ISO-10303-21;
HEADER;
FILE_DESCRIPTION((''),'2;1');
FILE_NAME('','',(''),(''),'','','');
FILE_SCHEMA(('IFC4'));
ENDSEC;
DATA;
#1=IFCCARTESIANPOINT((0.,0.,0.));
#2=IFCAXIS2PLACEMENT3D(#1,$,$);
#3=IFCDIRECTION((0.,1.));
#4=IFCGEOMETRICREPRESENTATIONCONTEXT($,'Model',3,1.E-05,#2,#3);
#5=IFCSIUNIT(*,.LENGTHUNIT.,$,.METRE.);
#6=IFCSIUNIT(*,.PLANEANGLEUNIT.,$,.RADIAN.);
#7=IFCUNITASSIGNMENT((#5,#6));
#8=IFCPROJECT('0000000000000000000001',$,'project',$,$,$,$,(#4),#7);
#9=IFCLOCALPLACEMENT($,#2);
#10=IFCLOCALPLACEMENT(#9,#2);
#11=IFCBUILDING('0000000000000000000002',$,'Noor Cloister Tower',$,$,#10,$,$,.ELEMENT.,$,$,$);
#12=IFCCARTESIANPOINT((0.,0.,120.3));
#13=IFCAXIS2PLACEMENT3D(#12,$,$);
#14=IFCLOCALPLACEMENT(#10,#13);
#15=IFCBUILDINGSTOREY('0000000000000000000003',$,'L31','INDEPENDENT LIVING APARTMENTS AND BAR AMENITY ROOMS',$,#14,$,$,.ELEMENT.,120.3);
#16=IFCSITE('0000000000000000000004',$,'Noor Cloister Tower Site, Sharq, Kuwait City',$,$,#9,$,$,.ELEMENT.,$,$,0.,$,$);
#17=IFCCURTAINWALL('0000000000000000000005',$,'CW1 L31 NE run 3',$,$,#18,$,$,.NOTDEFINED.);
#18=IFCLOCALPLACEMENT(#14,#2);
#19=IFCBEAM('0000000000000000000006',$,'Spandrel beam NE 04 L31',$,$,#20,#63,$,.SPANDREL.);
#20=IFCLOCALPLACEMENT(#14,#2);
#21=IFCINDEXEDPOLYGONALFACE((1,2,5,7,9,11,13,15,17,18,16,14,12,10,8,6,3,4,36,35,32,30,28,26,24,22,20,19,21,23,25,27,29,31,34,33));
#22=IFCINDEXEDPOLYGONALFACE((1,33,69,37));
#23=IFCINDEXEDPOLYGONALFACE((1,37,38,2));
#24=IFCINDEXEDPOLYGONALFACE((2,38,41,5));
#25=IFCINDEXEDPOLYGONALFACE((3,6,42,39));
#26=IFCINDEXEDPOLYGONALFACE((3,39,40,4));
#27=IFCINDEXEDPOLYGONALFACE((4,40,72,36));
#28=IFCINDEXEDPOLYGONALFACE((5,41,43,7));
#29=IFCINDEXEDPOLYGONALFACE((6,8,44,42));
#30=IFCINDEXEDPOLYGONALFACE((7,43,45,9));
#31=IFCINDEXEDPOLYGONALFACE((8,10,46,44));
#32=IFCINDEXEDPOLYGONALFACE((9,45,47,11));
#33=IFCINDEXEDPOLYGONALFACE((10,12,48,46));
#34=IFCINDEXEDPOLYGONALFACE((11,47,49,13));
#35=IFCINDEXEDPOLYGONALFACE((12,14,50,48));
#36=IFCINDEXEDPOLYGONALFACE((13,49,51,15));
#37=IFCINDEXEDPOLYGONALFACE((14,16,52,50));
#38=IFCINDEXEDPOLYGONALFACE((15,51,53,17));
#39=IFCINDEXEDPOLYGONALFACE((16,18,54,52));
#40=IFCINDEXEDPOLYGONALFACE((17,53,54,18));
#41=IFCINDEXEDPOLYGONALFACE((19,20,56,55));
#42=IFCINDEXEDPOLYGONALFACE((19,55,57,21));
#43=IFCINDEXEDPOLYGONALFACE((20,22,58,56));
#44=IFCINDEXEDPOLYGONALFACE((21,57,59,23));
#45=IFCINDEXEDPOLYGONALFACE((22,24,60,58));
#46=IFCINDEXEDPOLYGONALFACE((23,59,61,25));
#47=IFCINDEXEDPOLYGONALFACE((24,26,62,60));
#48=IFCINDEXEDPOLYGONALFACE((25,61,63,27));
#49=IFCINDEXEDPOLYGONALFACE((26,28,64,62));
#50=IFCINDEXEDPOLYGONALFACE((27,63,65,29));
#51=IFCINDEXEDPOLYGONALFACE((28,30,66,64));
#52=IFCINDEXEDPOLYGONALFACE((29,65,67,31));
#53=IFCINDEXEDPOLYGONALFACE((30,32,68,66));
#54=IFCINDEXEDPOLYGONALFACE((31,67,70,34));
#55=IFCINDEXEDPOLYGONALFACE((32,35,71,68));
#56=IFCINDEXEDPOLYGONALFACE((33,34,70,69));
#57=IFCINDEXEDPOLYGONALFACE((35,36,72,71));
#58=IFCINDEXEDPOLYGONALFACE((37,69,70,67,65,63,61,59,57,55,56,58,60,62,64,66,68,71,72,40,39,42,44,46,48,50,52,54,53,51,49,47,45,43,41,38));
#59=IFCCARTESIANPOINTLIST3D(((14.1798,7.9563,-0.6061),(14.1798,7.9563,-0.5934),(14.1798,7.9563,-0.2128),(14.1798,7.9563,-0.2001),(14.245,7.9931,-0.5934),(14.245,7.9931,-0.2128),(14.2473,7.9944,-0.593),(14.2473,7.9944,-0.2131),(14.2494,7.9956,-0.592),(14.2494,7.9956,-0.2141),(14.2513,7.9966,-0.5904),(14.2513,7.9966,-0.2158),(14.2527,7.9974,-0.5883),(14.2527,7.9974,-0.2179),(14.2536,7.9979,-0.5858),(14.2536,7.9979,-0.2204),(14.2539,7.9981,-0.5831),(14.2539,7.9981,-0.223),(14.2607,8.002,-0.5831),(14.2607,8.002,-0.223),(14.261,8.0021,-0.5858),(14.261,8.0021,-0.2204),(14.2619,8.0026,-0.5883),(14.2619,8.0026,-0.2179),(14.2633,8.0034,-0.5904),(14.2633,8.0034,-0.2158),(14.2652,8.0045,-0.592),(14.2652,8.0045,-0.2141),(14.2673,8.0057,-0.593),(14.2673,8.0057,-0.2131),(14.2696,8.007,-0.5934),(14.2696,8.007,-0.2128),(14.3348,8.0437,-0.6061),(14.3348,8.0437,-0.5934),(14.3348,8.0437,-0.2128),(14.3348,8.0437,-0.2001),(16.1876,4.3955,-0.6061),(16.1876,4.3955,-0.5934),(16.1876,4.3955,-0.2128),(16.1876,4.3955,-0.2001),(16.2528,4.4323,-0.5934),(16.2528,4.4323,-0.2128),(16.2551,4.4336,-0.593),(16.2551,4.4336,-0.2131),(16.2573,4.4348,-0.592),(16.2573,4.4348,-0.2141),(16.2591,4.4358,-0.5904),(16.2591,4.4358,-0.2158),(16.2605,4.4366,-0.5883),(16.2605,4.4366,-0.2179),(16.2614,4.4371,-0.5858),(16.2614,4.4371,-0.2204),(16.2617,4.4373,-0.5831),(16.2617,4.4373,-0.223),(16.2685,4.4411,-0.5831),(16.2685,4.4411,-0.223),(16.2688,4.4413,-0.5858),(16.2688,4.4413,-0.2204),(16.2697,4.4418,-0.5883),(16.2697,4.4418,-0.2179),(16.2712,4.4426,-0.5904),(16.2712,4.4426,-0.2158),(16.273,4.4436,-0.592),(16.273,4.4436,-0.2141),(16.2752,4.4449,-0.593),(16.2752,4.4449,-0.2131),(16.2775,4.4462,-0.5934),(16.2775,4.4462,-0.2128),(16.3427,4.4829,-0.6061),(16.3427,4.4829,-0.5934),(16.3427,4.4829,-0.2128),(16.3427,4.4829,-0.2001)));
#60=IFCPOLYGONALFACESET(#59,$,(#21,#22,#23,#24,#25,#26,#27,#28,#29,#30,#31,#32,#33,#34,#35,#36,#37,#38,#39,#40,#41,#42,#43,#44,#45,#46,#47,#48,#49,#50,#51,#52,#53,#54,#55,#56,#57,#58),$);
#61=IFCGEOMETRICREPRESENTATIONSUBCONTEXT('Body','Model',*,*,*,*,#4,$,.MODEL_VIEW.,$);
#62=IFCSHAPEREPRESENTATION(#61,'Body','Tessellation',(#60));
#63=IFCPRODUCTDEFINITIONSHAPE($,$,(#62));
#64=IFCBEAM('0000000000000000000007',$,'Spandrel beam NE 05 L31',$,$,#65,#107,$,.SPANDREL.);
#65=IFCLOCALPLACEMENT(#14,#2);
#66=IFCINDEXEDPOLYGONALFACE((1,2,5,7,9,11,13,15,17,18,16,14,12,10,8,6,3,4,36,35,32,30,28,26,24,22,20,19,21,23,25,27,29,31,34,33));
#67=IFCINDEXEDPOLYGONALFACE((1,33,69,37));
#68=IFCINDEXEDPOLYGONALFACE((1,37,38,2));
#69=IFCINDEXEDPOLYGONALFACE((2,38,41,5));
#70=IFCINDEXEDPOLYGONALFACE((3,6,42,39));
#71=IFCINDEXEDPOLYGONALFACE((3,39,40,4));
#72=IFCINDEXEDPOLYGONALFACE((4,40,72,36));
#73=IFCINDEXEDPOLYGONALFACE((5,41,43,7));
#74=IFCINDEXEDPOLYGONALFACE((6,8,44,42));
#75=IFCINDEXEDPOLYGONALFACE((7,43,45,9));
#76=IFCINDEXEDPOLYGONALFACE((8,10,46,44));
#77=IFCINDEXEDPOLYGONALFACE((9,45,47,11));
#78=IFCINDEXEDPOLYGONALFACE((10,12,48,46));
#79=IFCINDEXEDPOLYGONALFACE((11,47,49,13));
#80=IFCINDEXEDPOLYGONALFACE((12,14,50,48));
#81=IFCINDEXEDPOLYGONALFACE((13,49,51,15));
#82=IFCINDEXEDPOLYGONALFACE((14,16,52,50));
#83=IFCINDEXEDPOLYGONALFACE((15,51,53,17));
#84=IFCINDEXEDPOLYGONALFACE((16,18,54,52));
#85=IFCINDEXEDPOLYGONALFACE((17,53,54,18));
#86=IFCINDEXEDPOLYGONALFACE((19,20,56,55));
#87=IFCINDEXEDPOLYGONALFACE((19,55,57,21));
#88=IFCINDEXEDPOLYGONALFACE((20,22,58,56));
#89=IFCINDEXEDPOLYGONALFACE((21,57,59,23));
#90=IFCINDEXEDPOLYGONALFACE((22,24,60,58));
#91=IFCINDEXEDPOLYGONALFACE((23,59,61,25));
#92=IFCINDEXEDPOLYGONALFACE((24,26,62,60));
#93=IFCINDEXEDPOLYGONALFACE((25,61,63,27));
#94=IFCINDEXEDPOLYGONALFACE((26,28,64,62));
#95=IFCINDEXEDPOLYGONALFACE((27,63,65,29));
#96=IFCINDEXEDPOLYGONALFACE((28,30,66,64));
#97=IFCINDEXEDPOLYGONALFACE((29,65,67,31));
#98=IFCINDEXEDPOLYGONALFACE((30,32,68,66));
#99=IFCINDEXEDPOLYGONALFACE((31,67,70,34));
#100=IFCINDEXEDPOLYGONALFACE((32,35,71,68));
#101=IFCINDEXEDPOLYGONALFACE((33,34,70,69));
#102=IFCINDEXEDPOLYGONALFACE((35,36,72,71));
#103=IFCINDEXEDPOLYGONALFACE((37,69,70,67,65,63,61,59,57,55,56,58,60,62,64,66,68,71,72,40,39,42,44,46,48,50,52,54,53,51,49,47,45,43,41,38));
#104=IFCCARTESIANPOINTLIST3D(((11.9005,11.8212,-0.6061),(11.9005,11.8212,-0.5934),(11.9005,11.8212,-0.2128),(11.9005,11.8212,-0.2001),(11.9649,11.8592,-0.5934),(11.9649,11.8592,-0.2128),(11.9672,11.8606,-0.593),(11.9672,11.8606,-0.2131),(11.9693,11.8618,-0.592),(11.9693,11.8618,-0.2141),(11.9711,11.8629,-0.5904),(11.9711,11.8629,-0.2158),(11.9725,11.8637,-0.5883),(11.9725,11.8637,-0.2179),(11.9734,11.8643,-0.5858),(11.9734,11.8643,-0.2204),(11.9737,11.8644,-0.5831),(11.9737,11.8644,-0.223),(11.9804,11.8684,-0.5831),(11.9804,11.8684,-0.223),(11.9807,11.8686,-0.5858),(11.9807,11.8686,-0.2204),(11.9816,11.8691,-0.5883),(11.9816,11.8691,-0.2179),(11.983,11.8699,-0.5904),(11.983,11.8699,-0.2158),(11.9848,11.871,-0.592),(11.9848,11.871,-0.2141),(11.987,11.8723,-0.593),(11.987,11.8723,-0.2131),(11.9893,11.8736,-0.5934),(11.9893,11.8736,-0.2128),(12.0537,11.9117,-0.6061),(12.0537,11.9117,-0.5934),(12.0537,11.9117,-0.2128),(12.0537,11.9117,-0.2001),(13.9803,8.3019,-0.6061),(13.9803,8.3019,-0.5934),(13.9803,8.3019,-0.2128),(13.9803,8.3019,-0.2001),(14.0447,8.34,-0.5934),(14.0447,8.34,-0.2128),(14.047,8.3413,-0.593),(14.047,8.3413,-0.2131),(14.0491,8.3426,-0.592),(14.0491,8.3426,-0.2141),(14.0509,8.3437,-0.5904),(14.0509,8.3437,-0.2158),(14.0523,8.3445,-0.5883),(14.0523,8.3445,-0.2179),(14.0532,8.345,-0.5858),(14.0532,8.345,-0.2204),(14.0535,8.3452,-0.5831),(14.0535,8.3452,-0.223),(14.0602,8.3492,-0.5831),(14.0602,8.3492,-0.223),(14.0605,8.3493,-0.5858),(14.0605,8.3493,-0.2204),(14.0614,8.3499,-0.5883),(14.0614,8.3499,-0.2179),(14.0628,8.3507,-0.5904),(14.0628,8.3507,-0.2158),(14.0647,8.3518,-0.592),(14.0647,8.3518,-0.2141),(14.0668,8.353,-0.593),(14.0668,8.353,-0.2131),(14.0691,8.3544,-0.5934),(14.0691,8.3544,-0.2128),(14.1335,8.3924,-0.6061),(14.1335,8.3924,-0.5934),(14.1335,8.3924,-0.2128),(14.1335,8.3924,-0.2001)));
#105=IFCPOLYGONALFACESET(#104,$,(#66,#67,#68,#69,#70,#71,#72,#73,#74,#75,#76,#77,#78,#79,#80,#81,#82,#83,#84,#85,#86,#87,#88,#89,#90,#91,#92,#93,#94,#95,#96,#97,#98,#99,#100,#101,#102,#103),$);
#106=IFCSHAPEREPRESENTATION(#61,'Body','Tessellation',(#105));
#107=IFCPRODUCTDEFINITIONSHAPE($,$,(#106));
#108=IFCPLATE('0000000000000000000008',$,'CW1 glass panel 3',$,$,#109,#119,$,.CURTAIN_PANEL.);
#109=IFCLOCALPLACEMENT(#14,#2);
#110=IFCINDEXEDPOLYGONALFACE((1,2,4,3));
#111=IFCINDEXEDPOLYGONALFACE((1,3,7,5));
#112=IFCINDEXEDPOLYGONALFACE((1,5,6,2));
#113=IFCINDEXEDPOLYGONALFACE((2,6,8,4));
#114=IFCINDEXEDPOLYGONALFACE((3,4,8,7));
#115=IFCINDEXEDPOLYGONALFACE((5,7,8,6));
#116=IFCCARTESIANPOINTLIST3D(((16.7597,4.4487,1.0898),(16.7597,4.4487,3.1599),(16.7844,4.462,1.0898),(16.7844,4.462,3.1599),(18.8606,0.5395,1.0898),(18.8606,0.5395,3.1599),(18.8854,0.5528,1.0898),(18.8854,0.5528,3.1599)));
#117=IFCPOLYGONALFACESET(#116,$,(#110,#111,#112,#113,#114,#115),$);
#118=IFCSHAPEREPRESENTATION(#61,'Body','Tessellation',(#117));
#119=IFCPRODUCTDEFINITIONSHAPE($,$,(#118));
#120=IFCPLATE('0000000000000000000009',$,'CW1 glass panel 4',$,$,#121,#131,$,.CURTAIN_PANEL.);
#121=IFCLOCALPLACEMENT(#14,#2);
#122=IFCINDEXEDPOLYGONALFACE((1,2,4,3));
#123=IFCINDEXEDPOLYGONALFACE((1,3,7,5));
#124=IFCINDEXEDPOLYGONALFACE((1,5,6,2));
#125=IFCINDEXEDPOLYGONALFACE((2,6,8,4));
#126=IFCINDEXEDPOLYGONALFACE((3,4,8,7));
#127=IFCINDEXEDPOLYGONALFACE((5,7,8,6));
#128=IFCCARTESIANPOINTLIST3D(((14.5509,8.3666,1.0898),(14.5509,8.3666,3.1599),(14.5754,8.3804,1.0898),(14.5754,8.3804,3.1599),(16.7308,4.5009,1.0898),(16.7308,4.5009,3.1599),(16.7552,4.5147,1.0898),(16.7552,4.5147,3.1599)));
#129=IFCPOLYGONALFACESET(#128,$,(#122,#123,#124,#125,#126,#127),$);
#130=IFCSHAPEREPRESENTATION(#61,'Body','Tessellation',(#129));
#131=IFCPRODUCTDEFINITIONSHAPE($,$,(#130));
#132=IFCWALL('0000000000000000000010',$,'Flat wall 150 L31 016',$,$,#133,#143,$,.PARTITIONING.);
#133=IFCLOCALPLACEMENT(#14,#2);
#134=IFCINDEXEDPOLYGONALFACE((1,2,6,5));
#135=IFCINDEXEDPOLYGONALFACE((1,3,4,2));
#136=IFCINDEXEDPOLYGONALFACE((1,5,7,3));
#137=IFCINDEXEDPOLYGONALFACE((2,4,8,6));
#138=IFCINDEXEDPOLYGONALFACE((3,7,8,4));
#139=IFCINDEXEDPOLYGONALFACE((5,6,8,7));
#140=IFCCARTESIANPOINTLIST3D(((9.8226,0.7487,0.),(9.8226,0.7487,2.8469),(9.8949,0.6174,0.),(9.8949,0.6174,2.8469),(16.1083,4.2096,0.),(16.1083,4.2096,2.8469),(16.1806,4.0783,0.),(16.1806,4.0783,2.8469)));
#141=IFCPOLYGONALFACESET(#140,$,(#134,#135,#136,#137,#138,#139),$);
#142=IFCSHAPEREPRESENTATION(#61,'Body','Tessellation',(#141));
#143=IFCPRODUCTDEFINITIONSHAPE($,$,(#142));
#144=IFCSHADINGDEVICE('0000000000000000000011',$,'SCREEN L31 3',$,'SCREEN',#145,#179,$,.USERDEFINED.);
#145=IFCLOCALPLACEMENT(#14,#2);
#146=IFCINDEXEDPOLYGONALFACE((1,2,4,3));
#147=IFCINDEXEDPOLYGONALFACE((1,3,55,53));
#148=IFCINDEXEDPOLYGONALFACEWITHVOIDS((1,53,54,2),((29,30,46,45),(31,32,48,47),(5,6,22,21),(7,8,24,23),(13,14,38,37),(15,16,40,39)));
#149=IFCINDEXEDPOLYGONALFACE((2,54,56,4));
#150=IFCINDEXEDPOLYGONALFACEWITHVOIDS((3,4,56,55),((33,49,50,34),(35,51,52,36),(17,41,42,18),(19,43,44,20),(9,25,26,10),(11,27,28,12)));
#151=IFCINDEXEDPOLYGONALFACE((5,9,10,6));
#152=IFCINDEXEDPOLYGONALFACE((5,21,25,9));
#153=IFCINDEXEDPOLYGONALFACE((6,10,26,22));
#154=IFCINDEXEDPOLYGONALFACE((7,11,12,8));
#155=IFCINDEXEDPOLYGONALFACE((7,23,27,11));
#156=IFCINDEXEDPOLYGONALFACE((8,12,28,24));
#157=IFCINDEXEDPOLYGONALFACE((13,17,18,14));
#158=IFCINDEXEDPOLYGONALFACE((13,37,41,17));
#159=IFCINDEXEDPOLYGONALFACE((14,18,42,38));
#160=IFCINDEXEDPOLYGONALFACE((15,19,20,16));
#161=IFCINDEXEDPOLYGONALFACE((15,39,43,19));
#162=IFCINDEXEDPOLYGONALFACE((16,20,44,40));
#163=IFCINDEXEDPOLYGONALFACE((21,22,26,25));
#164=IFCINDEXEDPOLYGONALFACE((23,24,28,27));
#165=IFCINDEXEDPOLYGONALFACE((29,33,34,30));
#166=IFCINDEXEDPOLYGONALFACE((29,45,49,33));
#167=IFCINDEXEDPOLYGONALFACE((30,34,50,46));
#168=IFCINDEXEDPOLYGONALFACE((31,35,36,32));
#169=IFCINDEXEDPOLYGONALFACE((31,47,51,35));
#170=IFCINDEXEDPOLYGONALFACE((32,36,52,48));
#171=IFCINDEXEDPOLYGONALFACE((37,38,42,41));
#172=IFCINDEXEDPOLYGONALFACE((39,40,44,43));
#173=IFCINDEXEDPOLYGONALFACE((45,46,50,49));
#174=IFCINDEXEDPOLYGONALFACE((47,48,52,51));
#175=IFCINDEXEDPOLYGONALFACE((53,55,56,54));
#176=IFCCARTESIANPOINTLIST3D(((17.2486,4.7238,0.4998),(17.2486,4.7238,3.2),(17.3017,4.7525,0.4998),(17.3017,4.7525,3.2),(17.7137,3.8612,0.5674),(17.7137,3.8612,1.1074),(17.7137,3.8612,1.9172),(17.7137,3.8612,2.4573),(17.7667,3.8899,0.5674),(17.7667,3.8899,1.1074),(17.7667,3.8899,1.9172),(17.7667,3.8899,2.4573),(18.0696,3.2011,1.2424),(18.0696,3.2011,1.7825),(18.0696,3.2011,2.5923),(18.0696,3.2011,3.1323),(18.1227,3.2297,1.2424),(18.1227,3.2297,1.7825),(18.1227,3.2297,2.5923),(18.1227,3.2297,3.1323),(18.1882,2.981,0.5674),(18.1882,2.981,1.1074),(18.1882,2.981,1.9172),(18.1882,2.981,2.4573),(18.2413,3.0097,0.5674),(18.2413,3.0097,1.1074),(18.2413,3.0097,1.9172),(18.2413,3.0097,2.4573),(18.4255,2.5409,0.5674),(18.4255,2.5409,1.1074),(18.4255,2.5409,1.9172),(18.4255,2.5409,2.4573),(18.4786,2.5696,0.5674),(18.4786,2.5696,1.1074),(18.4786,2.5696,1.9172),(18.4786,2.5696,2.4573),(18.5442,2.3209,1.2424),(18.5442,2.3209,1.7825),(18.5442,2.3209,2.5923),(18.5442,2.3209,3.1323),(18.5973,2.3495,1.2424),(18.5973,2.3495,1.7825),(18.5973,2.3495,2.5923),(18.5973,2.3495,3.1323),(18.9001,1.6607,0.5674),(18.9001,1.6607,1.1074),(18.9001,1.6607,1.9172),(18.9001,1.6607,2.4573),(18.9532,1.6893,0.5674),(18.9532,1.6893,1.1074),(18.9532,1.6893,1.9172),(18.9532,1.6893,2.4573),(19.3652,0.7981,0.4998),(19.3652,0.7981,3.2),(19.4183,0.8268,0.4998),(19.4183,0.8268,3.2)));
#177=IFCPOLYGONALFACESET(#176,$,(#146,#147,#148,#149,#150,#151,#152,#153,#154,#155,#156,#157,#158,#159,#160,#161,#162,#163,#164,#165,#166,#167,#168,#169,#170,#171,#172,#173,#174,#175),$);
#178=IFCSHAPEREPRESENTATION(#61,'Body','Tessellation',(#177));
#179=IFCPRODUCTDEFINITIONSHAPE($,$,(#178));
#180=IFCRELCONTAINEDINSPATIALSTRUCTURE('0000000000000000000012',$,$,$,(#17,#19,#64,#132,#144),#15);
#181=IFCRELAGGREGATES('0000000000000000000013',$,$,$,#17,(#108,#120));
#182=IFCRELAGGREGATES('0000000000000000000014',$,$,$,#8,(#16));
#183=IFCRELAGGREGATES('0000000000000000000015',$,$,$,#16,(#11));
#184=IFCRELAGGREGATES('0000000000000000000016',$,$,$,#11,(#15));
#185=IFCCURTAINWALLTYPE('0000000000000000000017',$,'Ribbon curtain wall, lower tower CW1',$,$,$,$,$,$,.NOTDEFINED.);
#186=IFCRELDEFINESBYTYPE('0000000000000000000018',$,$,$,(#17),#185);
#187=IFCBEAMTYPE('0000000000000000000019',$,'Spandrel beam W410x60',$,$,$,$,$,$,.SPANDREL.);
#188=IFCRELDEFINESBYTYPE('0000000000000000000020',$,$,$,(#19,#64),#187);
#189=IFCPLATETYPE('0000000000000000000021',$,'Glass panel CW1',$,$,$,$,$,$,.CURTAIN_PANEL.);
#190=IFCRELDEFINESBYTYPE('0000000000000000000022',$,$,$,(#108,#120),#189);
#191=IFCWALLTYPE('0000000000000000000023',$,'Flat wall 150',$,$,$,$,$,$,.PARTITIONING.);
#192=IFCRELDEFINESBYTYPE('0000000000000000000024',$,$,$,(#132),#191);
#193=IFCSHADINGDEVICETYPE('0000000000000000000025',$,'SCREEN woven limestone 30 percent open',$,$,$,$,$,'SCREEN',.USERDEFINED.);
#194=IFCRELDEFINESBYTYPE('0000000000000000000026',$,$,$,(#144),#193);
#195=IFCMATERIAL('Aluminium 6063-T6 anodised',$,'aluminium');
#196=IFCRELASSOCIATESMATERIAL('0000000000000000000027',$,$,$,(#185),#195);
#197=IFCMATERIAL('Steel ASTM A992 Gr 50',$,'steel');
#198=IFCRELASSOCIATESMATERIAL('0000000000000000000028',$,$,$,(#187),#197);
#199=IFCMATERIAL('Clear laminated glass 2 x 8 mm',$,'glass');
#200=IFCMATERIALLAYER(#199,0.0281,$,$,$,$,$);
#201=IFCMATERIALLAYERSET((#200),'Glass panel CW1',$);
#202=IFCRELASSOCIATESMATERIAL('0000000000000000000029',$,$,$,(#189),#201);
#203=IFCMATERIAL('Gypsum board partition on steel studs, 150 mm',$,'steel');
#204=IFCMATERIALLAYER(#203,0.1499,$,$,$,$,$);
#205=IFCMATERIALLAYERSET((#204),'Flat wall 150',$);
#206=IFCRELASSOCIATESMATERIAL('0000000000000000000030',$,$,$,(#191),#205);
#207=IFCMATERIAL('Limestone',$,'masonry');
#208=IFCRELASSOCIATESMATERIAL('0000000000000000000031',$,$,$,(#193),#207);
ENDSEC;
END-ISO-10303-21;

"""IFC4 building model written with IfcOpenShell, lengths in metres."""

from ifc_helpers import new_model, si_unit, direction, frame, frame_2d, origin, origin_2d, place, context, subcontext, project, spatial, polyline, rectangle, i_section, outline, extrude, material, layer, layer_set, material_profile, profile_set, type_object, element, aggregate, save


model = new_model("IFC4")

# Units and contexts
model_context = context("Model", 3, precision=1e-05, world=origin(), true_north=direction((0.0, 1.0)))
body_context = subcontext(model_context, "Body", "Model", "MODEL_VIEW")
ifc_project = project(units=[si_unit("LENGTHUNIT", "METRE"), si_unit("PLANEANGLEUNIT", "RADIAN")], contexts=[model_context])

# Site, building, storey
site_placement = place(None, origin())
site = spatial("IfcSite", under=ifc_project, at=site_placement, Name="Noor Cloister Tower Site, Sharq, Kuwait City", CompositionType="ELEMENT", RefElevation=0.0)
building_placement = place(site_placement, origin())
building = spatial("IfcBuilding", under=site, at=building_placement, Name="Noor Cloister Tower", CompositionType="ELEMENT")
storey_placement = place(building_placement, frame((0.0, 0.0, 120.3)))
storey = spatial("IfcBuildingStorey", under=building, at=storey_placement, Name="L31", Description="INDEPENDENT LIVING APARTMENTS AND BAR AMENITY ROOMS", CompositionType="ELEMENT", Elevation=120.3)

# Curtain wall
ifc_material_1 = material(Name="Aluminium 6063-T6 anodised", Category="aluminium")
curtain_wall_type = type_object("IfcCurtainWallType", Name="Ribbon curtain wall, lower tower CW1", PredefinedType="NOTDEFINED", material=ifc_material_1)
curtain_wall_placement = place(storey_placement, origin())
curtain_wall = element("IfcCurtainWall", 1, at=curtain_wall_placement, inside=storey, type_object=curtain_wall_type, Name="CW1 L31 NE run 3", PredefinedType="NOTDEFINED")

# Beams
ifc_material_2 = material(Name="Steel ASTM A992 Gr 50", Category="steel")
ifc_material_profile_1 = material_profile(ifc_material_2, i_section(OverallWidth=0.178, OverallDepth=0.406, WebThickness=0.0078, FlangeThickness=0.0127, FilletRadius=0.0103, at=origin_2d()), Name="W410x60")
ifc_profile_set_1 = profile_set([ifc_material_profile_1], Name="Steel ASTM A992 Gr 50")
beam_type_1 = type_object("IfcBeamType", Name="Spandrel beam W410x60", PredefinedType="SPANDREL", material=ifc_profile_set_1)
for number, where, z_axis, x_axis, name in (
    (2, (16.2651, 4.4392, -0.4031), (-0.491166, 0.871066, 0.0), (-0.871066, -0.491166, 0.0), "Spandrel beam NE 04 L31"),
    (3, (14.0569, 8.3472, -0.4031), (-0.508776, 0.860899, 0.0), (-0.860899, -0.508776, 0.0), "Spandrel beam NE 05 L31"),
):
    element("IfcBeam", number, at=place(storey_placement, frame(where, z_axis=z_axis, x_axis=x_axis)), inside=storey, type_object=beam_type_1, Name=name, PredefinedType="SPANDREL", context=body_context, shape_type="SweptSolid", body=[
        extrude(i_section(OverallWidth=0.178, OverallDepth=0.406, WebThickness=0.0078, FlangeThickness=0.0127, FilletRadius=0.0103, at=origin_2d()), origin(), (0.0, 0.0, 1.0), 4.0879),
    ])

# Plates
ifc_material_3 = material(Name="Clear laminated glass 2 x 8 mm", Category="glass")
ifc_layer_1 = layer(ifc_material_3, 0.0281)
ifc_layer_set_1 = layer_set([ifc_layer_1], Name="Glass panel CW1")
plate_type = type_object("IfcPlateType", Name="Glass panel CW1", PredefinedType="CURTAIN_PANEL", material=ifc_layer_set_1)
plate_1_placement = place(storey_placement, frame((17.8225, 2.5007, 1.0898), z_axis=(0.0, 0.0, 1.0), x_axis=(-0.473409, 0.880843, 0.0)))
plate_1 = element("IfcPlate", 4, at=plate_1_placement, type_object=plate_type, Name="CW1 glass panel 3", PredefinedType="CURTAIN_PANEL", context=body_context, shape_type="SweptSolid", body=[
    extrude(rectangle(XDim=4.438, YDim=0.0281, at=origin_2d()), origin(), (0.0, 0.0, 1.0), 2.0701),
])
plate_2_placement = place(storey_placement, frame((15.6531, 6.4407, 1.0898), z_axis=(0.0, 0.0, 1.0), x_axis=(-0.491187, 0.871054, 0.0)))
plate_2 = element("IfcPlate", 5, at=plate_2_placement, type_object=plate_type, Name="CW1 glass panel 4", PredefinedType="CURTAIN_PANEL", context=body_context, shape_type="SweptSolid", body=[
    extrude(rectangle(XDim=4.438, YDim=0.0281, at=origin_2d()), origin(), (0.0, 0.0, 1.0), 2.0701),
])
aggregate(curtain_wall, [plate_1, plate_2])

# Wall
ifc_material_4 = material(Name="Gypsum board partition on steel studs, 150 mm", Category="steel")
ifc_layer_2 = layer(ifc_material_4, 0.1499)
ifc_layer_set_2 = layer_set([ifc_layer_2], Name="Flat wall 150")
wall_type = type_object("IfcWallType", Name="Flat wall 150", PredefinedType="PARTITIONING", material=ifc_layer_set_2)
wall_placement = place(storey_placement, frame((16.1445, 4.144, 0.0), z_axis=(0.0, 0.0, 1.0), x_axis=(-0.87599, -0.482329, 0.0)))
element("IfcWall", 6, at=wall_placement, inside=storey, type_object=wall_type, Name="Flat wall 150 L31 016", PredefinedType="PARTITIONING", context=body_context, shape_type="SweptSolid", body=[
    extrude(rectangle(XDim=7.1755, YDim=0.1499, at=frame_2d((3.5879, 0.0))), origin(), (0.0, 0.0, 1.0), 2.8469),
])

# Shading device
ifc_material_5 = material(Name="Limestone", Category="masonry")
ifc_material_profile_2 = material_profile(ifc_material_5, outline(polyline([(-2.23, -1.3501), (2.23, -1.3501), (2.23, 1.3501), (-2.23, 1.3501), (-2.23, -1.3501)]), holes=[polyline([(-1.25, -1.2825), (-0.25, -1.2825), (-0.25, -0.7424), (-1.25, -0.7424), (-1.25, -1.2825)]), polyline([(0.25, -1.2825), (1.25, -1.2825), (1.25, -0.7424), (0.25, -0.7424), (0.25, -1.2825)]), polyline([(-0.5, -0.6074), (0.5, -0.6074), (0.5, -0.0674), (-0.5, -0.0674), (-0.5, -0.6074)]), polyline([(-1.25, 0.0674), (-0.25, 0.0674), (-0.25, 0.6074), (-1.25, 0.6074), (-1.25, 0.0674)]), polyline([(0.25, 0.0674), (1.25, 0.0674), (1.25, 0.6074), (0.25, 0.6074), (0.25, 0.0674)]), polyline([(-0.5, 0.7424), (0.5, 0.7424), (0.5, 1.2825), (-0.5, 1.2825), (-0.5, 0.7424)])]), Name="Woven screen 30 percent open")
ifc_profile_set_2 = profile_set([ifc_material_profile_2], Name="Limestone")
shading_device_type = type_object("IfcShadingDeviceType", Name="SCREEN woven limestone 30 percent open", ElementType="SCREEN", PredefinedType="USERDEFINED", material=ifc_profile_set_2)
shading_device_1_placement = place(storey_placement, frame((18.3069, 2.761, 1.8499), z_axis=(0.88021, 0.474584, 0.0), x_axis=(-0.474584, 0.88021, 0.0)))
element("IfcShadingDevice", 7, at=shading_device_1_placement, inside=storey, type_object=shading_device_type, Name="SCREEN L31 3", ObjectType="SCREEN", PredefinedType="USERDEFINED", context=body_context, shape_type="SweptSolid", body=[
    extrude(outline(polyline([(-2.23, -1.3501), (2.23, -1.3501), (2.23, 1.3501), (-2.23, 1.3501), (-2.23, -1.3501)]), holes=[polyline([(-1.25, -1.2825), (-0.25, -1.2825), (-0.25, -0.7424), (-1.25, -0.7424), (-1.25, -1.2825)]), polyline([(0.25, -1.2825), (1.25, -1.2825), (1.25, -0.7424), (0.25, -0.7424), (0.25, -1.2825)]), polyline([(-0.5, -0.6074), (0.5, -0.6074), (0.5, -0.0674), (-0.5, -0.0674), (-0.5, -0.6074)]), polyline([(-1.25, 0.0674), (-0.25, 0.0674), (-0.25, 0.6074), (-1.25, 0.6074), (-1.25, 0.0674)]), polyline([(0.25, 0.0674), (1.25, 0.0674), (1.25, 0.6074), (0.25, 0.6074), (0.25, 0.0674)]), polyline([(-0.5, 0.7424), (0.5, 0.7424), (0.5, 1.2825), (-0.5, 1.2825), (-0.5, 0.7424)])]), origin(), (0.0, 0.0, 1.0), 0.0603),
])

save(model, "model.ifc")
